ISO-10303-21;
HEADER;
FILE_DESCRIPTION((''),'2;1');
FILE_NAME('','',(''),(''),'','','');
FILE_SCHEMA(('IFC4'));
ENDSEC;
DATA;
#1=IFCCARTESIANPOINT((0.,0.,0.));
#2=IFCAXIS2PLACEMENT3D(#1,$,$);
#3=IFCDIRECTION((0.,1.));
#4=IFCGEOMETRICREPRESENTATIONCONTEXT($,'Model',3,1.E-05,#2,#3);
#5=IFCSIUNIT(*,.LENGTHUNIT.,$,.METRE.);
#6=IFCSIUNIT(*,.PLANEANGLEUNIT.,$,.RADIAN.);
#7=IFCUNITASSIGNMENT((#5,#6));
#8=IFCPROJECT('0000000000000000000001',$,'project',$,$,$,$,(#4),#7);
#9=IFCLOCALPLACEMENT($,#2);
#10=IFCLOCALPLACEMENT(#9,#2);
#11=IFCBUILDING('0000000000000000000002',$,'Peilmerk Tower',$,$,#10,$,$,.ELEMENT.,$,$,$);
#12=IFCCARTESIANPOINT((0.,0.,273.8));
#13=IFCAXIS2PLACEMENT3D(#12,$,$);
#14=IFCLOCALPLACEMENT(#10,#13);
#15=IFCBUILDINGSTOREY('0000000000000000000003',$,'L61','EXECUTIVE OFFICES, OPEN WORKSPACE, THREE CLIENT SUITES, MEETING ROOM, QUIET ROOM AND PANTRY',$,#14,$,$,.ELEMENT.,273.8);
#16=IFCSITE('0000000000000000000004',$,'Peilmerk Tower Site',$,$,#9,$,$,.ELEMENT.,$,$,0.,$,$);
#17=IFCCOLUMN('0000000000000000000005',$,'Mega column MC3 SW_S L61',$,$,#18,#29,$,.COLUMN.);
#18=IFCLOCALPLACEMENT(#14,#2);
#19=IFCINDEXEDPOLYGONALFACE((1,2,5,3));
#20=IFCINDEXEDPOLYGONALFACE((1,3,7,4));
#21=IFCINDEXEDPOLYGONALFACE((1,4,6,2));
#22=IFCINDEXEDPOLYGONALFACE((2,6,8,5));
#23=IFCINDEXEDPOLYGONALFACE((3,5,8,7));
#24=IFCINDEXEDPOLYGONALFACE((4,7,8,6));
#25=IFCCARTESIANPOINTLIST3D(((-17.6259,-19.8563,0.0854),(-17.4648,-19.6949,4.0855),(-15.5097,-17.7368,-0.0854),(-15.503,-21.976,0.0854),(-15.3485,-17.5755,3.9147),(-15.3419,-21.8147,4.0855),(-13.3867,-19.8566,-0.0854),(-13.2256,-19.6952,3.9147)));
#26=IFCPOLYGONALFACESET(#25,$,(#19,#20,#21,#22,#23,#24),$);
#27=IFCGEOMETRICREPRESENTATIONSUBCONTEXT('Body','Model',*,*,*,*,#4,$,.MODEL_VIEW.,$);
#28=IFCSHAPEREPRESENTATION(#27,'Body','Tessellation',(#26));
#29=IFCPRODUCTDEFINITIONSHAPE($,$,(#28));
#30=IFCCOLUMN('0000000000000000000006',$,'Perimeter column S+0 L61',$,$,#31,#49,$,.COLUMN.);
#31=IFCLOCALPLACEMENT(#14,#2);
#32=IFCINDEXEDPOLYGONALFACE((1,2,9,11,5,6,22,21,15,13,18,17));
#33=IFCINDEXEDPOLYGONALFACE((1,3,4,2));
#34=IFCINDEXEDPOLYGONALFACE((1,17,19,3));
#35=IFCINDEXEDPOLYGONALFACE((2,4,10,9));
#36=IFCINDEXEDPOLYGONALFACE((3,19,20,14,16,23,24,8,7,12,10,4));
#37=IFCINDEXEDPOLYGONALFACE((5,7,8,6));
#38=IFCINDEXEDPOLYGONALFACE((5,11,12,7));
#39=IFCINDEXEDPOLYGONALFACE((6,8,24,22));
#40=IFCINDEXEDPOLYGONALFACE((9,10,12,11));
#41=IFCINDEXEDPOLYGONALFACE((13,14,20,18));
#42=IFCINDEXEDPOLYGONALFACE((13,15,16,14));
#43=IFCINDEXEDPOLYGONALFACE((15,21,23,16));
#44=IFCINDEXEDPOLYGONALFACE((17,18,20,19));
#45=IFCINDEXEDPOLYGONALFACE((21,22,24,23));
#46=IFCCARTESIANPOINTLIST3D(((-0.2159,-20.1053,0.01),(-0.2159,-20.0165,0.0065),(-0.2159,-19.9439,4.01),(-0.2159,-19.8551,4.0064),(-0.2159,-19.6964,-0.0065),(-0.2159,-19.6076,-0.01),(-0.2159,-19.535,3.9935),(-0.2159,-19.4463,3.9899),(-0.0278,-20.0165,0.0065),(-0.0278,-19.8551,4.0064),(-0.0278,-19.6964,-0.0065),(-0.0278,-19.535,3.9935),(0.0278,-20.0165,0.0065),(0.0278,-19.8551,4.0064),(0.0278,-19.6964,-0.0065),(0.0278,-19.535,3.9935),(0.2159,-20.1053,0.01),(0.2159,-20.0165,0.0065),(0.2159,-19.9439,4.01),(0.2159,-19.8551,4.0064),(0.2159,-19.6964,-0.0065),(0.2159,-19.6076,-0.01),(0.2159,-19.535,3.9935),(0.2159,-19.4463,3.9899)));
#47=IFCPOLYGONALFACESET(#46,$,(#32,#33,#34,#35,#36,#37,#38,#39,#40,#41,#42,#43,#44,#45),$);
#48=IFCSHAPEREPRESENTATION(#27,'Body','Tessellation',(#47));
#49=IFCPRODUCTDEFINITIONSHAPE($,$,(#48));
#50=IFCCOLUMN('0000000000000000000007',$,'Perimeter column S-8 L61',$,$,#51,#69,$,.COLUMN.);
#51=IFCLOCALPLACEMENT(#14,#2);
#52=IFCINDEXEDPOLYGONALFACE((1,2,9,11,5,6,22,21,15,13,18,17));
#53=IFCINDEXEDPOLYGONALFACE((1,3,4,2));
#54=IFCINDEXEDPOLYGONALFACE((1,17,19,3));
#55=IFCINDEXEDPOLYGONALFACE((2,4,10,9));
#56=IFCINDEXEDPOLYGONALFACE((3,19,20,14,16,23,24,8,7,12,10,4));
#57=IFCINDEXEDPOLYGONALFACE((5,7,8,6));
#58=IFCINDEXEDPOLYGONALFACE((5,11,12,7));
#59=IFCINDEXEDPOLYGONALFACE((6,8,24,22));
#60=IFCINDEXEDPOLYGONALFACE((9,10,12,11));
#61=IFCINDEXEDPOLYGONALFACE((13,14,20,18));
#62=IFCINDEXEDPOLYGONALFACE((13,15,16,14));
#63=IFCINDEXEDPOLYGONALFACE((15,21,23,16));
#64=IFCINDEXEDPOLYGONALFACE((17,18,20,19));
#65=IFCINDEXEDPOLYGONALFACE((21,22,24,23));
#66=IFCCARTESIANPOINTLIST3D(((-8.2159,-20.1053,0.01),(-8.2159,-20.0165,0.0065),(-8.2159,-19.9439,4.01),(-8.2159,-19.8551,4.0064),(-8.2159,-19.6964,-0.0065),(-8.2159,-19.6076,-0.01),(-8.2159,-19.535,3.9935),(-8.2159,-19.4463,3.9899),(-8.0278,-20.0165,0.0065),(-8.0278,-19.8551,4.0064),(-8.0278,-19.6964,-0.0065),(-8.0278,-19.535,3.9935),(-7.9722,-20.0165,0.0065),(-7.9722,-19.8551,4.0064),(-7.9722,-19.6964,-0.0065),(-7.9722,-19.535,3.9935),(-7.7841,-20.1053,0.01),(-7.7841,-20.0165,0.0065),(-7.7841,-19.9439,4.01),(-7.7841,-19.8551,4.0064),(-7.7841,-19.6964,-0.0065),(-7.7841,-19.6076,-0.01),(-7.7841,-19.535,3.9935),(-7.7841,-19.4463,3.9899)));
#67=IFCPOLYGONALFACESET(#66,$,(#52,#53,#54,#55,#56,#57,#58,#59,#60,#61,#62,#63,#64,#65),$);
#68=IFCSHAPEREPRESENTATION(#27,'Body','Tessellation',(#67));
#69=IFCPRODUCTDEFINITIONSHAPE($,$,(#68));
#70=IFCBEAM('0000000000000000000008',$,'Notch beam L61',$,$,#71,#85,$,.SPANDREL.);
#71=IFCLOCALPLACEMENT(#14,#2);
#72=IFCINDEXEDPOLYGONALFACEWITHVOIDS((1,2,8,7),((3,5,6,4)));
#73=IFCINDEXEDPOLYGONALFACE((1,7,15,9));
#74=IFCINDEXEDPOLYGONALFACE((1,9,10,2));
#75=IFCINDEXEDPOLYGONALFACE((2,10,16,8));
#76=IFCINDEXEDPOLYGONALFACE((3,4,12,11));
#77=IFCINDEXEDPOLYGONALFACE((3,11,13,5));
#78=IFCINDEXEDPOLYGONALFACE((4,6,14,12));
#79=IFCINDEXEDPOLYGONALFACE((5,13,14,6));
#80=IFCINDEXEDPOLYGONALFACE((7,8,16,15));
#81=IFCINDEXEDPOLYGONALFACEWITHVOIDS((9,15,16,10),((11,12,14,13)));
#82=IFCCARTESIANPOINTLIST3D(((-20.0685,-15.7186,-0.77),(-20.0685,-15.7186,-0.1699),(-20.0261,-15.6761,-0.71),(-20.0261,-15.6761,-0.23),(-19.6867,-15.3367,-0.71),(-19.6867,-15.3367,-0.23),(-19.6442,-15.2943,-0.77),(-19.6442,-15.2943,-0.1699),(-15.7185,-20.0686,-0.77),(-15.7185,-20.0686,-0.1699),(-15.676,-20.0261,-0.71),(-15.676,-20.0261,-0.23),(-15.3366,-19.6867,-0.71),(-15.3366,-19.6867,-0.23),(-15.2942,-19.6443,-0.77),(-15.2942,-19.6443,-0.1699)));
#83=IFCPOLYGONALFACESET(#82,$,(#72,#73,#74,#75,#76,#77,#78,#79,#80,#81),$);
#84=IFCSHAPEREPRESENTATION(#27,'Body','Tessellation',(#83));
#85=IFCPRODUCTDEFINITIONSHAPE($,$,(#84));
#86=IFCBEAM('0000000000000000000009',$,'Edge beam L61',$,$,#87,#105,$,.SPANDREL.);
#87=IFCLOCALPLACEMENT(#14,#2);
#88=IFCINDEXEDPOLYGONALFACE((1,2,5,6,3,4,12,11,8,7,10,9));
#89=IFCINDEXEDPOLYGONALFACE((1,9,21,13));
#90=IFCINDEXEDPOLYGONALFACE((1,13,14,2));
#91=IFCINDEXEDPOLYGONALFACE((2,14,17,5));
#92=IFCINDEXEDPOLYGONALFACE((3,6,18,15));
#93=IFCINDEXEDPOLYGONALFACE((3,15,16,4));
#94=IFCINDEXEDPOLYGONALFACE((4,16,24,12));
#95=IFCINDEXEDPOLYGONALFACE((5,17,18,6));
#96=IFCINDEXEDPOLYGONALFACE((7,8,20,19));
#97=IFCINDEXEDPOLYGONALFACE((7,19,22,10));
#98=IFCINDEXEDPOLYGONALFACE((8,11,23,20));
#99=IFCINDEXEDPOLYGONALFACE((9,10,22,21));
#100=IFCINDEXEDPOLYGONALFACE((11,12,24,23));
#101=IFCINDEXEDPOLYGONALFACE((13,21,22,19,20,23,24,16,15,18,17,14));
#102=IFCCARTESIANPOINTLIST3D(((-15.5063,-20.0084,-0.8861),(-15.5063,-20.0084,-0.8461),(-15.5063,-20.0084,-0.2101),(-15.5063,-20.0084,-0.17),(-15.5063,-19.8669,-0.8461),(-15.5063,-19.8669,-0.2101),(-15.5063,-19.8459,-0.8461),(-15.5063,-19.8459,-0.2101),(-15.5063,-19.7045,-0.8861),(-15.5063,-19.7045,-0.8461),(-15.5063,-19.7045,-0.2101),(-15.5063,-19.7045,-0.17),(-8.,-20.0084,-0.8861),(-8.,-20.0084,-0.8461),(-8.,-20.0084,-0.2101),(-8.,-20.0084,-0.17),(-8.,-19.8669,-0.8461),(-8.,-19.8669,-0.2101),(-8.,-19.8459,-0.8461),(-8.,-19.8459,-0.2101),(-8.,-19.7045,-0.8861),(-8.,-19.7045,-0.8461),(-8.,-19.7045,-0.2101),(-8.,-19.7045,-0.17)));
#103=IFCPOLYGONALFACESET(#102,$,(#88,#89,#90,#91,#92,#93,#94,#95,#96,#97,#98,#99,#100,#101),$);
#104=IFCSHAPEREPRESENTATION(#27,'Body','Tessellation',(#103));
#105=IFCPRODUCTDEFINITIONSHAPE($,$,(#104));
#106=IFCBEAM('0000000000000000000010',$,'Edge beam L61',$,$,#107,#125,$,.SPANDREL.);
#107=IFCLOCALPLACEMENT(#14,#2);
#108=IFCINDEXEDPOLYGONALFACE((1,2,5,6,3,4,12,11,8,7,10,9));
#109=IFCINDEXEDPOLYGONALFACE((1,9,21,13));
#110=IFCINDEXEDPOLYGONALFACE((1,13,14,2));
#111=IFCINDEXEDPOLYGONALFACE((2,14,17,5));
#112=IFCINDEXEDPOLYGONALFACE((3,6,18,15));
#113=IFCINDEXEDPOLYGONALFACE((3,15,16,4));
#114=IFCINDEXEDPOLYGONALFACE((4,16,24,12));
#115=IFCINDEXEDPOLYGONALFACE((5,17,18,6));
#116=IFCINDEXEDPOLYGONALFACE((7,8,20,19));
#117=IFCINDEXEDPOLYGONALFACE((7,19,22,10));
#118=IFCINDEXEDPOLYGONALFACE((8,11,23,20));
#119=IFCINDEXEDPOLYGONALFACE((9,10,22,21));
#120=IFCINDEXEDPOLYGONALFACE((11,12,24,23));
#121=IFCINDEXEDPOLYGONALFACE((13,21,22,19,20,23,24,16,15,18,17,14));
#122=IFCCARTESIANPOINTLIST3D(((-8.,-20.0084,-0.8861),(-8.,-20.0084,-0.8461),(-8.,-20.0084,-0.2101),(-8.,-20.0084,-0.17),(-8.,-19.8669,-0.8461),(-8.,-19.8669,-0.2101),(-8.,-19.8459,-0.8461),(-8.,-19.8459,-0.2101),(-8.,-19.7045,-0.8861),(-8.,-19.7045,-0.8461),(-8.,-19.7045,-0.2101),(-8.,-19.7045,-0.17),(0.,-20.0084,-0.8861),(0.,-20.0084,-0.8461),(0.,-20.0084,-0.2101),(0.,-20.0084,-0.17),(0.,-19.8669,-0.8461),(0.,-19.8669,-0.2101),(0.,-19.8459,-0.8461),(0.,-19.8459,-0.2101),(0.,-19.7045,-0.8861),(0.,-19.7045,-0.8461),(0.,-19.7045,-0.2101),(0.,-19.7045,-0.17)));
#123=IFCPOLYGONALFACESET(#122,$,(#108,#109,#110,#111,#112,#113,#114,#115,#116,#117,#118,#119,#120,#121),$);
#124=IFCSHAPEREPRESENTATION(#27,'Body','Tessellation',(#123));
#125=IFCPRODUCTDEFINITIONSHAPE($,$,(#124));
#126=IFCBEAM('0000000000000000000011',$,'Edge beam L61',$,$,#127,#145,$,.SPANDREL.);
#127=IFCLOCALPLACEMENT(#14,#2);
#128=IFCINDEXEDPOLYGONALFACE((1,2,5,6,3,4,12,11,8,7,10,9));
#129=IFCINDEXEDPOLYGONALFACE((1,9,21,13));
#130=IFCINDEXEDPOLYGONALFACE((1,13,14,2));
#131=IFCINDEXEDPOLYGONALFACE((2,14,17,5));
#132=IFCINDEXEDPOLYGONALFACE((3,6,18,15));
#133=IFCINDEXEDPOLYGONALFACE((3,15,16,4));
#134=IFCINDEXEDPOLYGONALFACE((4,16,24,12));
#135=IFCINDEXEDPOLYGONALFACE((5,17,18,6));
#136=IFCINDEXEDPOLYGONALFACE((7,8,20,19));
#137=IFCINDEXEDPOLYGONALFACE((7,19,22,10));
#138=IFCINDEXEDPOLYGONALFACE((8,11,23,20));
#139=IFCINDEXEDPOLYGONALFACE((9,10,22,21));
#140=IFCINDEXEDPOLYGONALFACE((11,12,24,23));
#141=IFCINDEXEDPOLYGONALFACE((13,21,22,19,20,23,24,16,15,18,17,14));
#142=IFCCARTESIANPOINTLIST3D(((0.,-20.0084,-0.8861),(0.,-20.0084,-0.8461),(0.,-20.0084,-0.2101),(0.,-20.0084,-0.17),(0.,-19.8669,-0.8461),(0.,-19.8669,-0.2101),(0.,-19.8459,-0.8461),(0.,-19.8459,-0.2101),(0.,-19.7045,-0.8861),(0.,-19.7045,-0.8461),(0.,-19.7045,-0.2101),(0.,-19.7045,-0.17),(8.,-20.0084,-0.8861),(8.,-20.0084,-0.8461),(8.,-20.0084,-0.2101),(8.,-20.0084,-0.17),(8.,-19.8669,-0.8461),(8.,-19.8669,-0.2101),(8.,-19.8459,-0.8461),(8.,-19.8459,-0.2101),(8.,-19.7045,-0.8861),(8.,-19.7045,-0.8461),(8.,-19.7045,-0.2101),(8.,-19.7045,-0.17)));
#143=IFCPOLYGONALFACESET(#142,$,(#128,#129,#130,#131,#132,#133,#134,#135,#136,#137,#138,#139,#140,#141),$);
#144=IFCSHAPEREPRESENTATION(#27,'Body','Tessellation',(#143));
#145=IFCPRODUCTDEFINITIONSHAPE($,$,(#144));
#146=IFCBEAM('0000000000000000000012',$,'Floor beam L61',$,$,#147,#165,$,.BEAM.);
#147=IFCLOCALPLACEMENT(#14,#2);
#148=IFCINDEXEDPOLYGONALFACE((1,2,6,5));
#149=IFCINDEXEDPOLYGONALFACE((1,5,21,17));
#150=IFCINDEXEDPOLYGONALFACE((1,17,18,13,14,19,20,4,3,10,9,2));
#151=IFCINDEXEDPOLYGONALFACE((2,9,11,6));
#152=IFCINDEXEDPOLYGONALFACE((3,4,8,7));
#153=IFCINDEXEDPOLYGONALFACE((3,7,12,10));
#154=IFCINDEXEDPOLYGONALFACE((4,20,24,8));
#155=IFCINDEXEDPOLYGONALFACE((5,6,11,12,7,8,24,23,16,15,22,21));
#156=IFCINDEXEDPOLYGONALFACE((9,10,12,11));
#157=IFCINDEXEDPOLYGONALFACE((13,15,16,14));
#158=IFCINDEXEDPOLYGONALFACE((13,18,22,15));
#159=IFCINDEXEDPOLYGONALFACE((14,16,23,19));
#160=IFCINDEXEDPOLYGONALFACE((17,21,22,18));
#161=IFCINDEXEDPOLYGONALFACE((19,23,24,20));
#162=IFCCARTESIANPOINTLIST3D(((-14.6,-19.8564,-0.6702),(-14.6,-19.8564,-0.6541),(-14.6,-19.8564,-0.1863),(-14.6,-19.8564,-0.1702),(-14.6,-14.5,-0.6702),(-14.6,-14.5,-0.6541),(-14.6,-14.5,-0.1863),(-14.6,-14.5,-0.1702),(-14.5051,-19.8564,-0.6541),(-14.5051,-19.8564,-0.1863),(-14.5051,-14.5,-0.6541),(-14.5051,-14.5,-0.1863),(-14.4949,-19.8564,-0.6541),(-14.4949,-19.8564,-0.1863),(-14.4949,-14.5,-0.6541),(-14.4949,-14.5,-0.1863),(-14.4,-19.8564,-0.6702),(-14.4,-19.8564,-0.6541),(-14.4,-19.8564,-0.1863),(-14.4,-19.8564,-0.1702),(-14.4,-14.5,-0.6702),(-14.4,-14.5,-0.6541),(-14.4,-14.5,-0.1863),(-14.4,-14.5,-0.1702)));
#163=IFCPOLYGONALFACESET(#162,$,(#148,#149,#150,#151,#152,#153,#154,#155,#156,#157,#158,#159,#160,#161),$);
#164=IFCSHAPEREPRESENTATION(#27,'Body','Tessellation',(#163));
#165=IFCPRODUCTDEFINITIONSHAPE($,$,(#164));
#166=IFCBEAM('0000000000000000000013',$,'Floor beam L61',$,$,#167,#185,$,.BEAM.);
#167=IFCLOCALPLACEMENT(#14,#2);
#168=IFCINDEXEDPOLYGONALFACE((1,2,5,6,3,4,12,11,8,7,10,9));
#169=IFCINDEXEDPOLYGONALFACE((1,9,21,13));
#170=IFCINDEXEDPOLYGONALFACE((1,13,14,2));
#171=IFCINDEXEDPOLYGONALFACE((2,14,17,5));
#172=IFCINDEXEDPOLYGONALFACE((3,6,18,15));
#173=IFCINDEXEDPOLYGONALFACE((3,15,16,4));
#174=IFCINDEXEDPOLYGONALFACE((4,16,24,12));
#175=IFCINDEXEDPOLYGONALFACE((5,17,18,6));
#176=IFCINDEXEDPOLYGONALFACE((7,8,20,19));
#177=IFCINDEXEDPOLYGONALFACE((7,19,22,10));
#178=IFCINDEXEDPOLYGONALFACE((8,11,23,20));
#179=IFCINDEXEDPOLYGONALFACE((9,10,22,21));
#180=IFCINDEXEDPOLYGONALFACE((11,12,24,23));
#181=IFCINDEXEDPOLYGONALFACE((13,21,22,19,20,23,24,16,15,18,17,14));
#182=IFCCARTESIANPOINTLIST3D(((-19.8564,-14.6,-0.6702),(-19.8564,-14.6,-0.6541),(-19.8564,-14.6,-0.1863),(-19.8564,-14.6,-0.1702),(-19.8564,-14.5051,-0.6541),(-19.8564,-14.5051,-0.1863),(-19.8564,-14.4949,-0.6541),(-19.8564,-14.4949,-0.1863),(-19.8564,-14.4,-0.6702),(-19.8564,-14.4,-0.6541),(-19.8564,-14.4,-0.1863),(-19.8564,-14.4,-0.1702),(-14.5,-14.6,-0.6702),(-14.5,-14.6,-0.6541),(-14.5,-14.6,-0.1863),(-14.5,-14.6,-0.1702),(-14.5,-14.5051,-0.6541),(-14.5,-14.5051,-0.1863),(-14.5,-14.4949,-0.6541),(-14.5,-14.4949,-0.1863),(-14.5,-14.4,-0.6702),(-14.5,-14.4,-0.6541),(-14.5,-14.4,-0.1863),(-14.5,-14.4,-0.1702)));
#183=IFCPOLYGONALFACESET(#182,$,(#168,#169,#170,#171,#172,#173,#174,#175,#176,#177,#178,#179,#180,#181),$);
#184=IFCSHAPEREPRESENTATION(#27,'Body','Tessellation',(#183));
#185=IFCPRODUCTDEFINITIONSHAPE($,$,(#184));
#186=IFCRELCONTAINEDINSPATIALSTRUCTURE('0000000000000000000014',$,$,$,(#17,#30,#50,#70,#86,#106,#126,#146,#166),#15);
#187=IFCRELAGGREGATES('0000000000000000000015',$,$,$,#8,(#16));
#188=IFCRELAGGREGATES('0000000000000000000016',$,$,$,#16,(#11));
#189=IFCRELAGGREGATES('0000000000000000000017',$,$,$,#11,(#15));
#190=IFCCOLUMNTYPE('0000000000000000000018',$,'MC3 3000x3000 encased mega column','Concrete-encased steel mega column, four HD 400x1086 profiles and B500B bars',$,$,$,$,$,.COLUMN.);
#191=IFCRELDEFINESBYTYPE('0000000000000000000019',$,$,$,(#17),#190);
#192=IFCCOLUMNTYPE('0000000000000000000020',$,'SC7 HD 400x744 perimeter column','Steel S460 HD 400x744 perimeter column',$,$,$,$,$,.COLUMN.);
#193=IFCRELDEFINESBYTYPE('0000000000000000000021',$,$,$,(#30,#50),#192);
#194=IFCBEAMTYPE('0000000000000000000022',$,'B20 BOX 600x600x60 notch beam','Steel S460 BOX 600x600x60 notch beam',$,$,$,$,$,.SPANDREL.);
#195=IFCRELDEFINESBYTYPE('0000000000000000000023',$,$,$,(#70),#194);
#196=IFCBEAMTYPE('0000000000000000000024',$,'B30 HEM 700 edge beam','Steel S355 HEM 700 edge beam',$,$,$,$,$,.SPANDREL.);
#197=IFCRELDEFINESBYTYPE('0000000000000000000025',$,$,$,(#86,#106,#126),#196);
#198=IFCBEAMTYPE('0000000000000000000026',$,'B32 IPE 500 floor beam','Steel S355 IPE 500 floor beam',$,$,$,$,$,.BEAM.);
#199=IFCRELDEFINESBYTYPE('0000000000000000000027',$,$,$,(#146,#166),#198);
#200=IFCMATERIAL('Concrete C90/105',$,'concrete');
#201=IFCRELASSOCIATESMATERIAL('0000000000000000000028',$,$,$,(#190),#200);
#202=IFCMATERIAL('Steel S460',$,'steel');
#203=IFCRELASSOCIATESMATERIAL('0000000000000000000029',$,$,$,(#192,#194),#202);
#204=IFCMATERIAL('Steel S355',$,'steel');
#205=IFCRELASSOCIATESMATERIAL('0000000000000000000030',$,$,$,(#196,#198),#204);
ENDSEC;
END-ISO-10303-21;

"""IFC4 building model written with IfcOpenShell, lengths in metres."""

from ifc_helpers import new_model, si_unit, direction, frame, origin, origin_2d, place, context, subcontext, project, spatial, rectangle, hollow_rectangle, i_section, extrude, material, material_profile, profile_set, type_object, element, save


model = new_model("IFC4")

# Units and contexts
model_context = context("Model", 3, precision=1e-05, world=origin(), true_north=direction((0.0, 1.0)))
body_context = subcontext(model_context, "Body", "Model", "MODEL_VIEW")
ifc_project = project(units=[si_unit("LENGTHUNIT", "METRE"), si_unit("PLANEANGLEUNIT", "RADIAN")], contexts=[model_context])

# Site, building, storey
site_placement = place(None, origin())
site = spatial("IfcSite", under=ifc_project, at=site_placement, Name="Peilmerk Tower Site", CompositionType="ELEMENT", RefElevation=0.0)
building_placement = place(site_placement, origin())
building = spatial("IfcBuilding", under=site, at=building_placement, Name="Peilmerk Tower", CompositionType="ELEMENT")
storey_placement = place(building_placement, frame((0.0, 0.0, 273.8)))
storey = spatial("IfcBuildingStorey", under=building, at=storey_placement, Name="L61", Description="EXECUTIVE OFFICES, OPEN WORKSPACE, THREE CLIENT SUITES, MEETING ROOM, QUIET ROOM AND PANTRY", CompositionType="ELEMENT", Elevation=273.8)

# Columns
ifc_material_1 = material(Name="Concrete C90/105", Category="concrete")
ifc_material_profile_1 = material_profile(ifc_material_1, rectangle(XDim=3.0, YDim=3.0, at=origin_2d()), Name="RC 3000x3000")
ifc_profile_set_1 = profile_set([ifc_material_profile_1], Name="Concrete C90/105")
column_type_1 = type_object("IfcColumnType", Name="MC3 3000x3000 encased mega column", Description="Concrete-encased steel mega column, four HD 400x1086 profiles and B500B bars", PredefinedType="COLUMN", material=ifc_profile_set_1)
column_placement = place(storey_placement, frame((-15.5063, -19.8564, 0.0), z_axis=(0.040218, 0.040279, 0.998379), x_axis=(-0.707642, 0.706571, 0.0)))
element("IfcColumn", 1, at=column_placement, inside=storey, type_object=column_type_1, Name="Mega column MC3 SW_S L61", PredefinedType="COLUMN", context=body_context, shape_type="SweptSolid", body=[
    extrude(rectangle(XDim=3.0, YDim=3.0, at=origin_2d()), origin(), (0.0, 0.0, 1.0), 4.0066),
])
ifc_material_2 = material(Name="Steel S460", Category="steel")
ifc_material_profile_2 = material_profile(ifc_material_2, i_section(OverallWidth=0.4319, OverallDepth=0.498, WebThickness=0.0557, FlangeThickness=0.0889, at=origin_2d()), Name="HD 400x744")
ifc_profile_set_2 = profile_set([ifc_material_profile_2], Name="Steel S460")
column_type_2 = type_object("IfcColumnType", Name="SC7 HD 400x744 perimeter column", Description="Steel S460 HD 400x744 perimeter column", PredefinedType="COLUMN", material=ifc_profile_set_2)
for number, where, z_axis, x_axis, name in (
    (2, (0.0, -19.8564, 0.0), (0.0, 0.040311, 0.999187), (-1.0, 0.0, 0.0), "Perimeter column S+0 L61"),
    (3, (-8.0, -19.8564, 0.0), (0.0, 0.040311, 0.999187), (-1.0, 0.0, 0.0), "Perimeter column S-8 L61"),
):
    element("IfcColumn", number, at=place(storey_placement, frame(where, z_axis=z_axis, x_axis=x_axis)), inside=storey, type_object=column_type_2, Name=name, PredefinedType="COLUMN", context=body_context, shape_type="SweptSolid", body=[
        extrude(i_section(OverallWidth=0.4319, OverallDepth=0.498, WebThickness=0.0557, FlangeThickness=0.0889, at=origin_2d()), origin(), (0.0, 0.0, 1.0), 4.0032),
    ])

# Beams
ifc_material_profile_3 = material_profile(ifc_material_2, hollow_rectangle(XDim=0.6001, YDim=0.6001, WallThickness=0.0601, at=origin_2d()), Name="BOX 600x600x60")
ifc_profile_set_3 = profile_set([ifc_material_profile_3], Name="Steel S460")
beam_type_1 = type_object("IfcBeamType", Name="B20 BOX 600x600x60 notch beam", Description="Steel S460 BOX 600x600x60 notch beam", PredefinedType="SPANDREL", material=ifc_profile_set_3)
beam_1_placement = place(storey_placement, frame((-15.5063, -19.8564, -0.47), z_axis=(-0.707107, 0.707107, 0.0), x_axis=(-0.707107, -0.707107, 0.0)))
element("IfcBeam", 4, at=beam_1_placement, inside=storey, type_object=beam_type_1, Name="Notch beam L61", PredefinedType="SPANDREL", context=body_context, shape_type="SweptSolid", body=[
    extrude(hollow_rectangle(XDim=0.6001, YDim=0.6001, WallThickness=0.0601, at=origin_2d()), origin(), (0.0, 0.0, 1.0), 6.1519),
])
ifc_material_3 = material(Name="Steel S355", Category="steel")
ifc_material_profile_4 = material_profile(ifc_material_3, i_section(OverallWidth=0.304, OverallDepth=0.7161, WebThickness=0.021, FlangeThickness=0.04, at=origin_2d()), Name="HEM 700")
ifc_profile_set_4 = profile_set([ifc_material_profile_4], Name="Steel S355")
beam_type_2 = type_object("IfcBeamType", Name="B30 HEM 700 edge beam", Description="Steel S355 HEM 700 edge beam", PredefinedType="SPANDREL", material=ifc_profile_set_4)
beam_2_placement = place(storey_placement, frame((-15.5063, -19.8564, -0.5281), z_axis=(1.0, 0.0, 0.0), x_axis=(0.0, 1.0, 0.0)))
element("IfcBeam", 5, at=beam_2_placement, inside=storey, type_object=beam_type_2, Name="Edge beam L61", PredefinedType="SPANDREL", context=body_context, shape_type="SweptSolid", body=[
    extrude(i_section(OverallWidth=0.304, OverallDepth=0.7161, WebThickness=0.021, FlangeThickness=0.04, at=origin_2d()), origin(), (0.0, 0.0, 1.0), 7.5063),
])
for number, where, z_axis, x_axis, name in (
    (6, (-8.0, -19.8564, -0.5281), (1.0, 0.0, 0.0), (0.0, 1.0, 0.0), "Edge beam L61"),
    (7, (0.0, -19.8564, -0.5281), (1.0, 0.0, 0.0), (0.0, 1.0, 0.0), "Edge beam L61"),
):
    element("IfcBeam", number, at=place(storey_placement, frame(where, z_axis=z_axis, x_axis=x_axis)), inside=storey, type_object=beam_type_2, Name=name, PredefinedType="SPANDREL", context=body_context, shape_type="SweptSolid", body=[
        extrude(i_section(OverallWidth=0.304, OverallDepth=0.7161, WebThickness=0.021, FlangeThickness=0.04, at=origin_2d()), origin(), (0.0, 0.0, 1.0), 8.0),
    ])
ifc_material_profile_5 = material_profile(ifc_material_3, i_section(OverallWidth=0.2, OverallDepth=0.5, WebThickness=0.0103, FlangeThickness=0.0161, at=origin_2d()), Name="IPE 500")
ifc_profile_set_5 = profile_set([ifc_material_profile_5], Name="Steel S355")
beam_type_3 = type_object("IfcBeamType", Name="B32 IPE 500 floor beam", Description="Steel S355 IPE 500 floor beam", PredefinedType="BEAM", material=ifc_profile_set_5)
for number, where, z_axis, x_axis, name in (
    (8, (-14.5, -14.5, -0.4202), (0.0, -1.0, 0.0), (1.0, 0.0, 0.0), "Floor beam L61"),
    (9, (-14.5, -14.5, -0.4202), (-1.0, 0.0, 0.0), (0.0, -1.0, 0.0), "Floor beam L61"),
):
    element("IfcBeam", number, at=place(storey_placement, frame(where, z_axis=z_axis, x_axis=x_axis)), inside=storey, type_object=beam_type_3, Name=name, PredefinedType="BEAM", context=body_context, shape_type="SweptSolid", body=[
        extrude(i_section(OverallWidth=0.2, OverallDepth=0.5, WebThickness=0.0103, FlangeThickness=0.0161, at=origin_2d()), origin(), (0.0, 0.0, 1.0), 5.3564),
    ])

save(model, "model.ifc")
